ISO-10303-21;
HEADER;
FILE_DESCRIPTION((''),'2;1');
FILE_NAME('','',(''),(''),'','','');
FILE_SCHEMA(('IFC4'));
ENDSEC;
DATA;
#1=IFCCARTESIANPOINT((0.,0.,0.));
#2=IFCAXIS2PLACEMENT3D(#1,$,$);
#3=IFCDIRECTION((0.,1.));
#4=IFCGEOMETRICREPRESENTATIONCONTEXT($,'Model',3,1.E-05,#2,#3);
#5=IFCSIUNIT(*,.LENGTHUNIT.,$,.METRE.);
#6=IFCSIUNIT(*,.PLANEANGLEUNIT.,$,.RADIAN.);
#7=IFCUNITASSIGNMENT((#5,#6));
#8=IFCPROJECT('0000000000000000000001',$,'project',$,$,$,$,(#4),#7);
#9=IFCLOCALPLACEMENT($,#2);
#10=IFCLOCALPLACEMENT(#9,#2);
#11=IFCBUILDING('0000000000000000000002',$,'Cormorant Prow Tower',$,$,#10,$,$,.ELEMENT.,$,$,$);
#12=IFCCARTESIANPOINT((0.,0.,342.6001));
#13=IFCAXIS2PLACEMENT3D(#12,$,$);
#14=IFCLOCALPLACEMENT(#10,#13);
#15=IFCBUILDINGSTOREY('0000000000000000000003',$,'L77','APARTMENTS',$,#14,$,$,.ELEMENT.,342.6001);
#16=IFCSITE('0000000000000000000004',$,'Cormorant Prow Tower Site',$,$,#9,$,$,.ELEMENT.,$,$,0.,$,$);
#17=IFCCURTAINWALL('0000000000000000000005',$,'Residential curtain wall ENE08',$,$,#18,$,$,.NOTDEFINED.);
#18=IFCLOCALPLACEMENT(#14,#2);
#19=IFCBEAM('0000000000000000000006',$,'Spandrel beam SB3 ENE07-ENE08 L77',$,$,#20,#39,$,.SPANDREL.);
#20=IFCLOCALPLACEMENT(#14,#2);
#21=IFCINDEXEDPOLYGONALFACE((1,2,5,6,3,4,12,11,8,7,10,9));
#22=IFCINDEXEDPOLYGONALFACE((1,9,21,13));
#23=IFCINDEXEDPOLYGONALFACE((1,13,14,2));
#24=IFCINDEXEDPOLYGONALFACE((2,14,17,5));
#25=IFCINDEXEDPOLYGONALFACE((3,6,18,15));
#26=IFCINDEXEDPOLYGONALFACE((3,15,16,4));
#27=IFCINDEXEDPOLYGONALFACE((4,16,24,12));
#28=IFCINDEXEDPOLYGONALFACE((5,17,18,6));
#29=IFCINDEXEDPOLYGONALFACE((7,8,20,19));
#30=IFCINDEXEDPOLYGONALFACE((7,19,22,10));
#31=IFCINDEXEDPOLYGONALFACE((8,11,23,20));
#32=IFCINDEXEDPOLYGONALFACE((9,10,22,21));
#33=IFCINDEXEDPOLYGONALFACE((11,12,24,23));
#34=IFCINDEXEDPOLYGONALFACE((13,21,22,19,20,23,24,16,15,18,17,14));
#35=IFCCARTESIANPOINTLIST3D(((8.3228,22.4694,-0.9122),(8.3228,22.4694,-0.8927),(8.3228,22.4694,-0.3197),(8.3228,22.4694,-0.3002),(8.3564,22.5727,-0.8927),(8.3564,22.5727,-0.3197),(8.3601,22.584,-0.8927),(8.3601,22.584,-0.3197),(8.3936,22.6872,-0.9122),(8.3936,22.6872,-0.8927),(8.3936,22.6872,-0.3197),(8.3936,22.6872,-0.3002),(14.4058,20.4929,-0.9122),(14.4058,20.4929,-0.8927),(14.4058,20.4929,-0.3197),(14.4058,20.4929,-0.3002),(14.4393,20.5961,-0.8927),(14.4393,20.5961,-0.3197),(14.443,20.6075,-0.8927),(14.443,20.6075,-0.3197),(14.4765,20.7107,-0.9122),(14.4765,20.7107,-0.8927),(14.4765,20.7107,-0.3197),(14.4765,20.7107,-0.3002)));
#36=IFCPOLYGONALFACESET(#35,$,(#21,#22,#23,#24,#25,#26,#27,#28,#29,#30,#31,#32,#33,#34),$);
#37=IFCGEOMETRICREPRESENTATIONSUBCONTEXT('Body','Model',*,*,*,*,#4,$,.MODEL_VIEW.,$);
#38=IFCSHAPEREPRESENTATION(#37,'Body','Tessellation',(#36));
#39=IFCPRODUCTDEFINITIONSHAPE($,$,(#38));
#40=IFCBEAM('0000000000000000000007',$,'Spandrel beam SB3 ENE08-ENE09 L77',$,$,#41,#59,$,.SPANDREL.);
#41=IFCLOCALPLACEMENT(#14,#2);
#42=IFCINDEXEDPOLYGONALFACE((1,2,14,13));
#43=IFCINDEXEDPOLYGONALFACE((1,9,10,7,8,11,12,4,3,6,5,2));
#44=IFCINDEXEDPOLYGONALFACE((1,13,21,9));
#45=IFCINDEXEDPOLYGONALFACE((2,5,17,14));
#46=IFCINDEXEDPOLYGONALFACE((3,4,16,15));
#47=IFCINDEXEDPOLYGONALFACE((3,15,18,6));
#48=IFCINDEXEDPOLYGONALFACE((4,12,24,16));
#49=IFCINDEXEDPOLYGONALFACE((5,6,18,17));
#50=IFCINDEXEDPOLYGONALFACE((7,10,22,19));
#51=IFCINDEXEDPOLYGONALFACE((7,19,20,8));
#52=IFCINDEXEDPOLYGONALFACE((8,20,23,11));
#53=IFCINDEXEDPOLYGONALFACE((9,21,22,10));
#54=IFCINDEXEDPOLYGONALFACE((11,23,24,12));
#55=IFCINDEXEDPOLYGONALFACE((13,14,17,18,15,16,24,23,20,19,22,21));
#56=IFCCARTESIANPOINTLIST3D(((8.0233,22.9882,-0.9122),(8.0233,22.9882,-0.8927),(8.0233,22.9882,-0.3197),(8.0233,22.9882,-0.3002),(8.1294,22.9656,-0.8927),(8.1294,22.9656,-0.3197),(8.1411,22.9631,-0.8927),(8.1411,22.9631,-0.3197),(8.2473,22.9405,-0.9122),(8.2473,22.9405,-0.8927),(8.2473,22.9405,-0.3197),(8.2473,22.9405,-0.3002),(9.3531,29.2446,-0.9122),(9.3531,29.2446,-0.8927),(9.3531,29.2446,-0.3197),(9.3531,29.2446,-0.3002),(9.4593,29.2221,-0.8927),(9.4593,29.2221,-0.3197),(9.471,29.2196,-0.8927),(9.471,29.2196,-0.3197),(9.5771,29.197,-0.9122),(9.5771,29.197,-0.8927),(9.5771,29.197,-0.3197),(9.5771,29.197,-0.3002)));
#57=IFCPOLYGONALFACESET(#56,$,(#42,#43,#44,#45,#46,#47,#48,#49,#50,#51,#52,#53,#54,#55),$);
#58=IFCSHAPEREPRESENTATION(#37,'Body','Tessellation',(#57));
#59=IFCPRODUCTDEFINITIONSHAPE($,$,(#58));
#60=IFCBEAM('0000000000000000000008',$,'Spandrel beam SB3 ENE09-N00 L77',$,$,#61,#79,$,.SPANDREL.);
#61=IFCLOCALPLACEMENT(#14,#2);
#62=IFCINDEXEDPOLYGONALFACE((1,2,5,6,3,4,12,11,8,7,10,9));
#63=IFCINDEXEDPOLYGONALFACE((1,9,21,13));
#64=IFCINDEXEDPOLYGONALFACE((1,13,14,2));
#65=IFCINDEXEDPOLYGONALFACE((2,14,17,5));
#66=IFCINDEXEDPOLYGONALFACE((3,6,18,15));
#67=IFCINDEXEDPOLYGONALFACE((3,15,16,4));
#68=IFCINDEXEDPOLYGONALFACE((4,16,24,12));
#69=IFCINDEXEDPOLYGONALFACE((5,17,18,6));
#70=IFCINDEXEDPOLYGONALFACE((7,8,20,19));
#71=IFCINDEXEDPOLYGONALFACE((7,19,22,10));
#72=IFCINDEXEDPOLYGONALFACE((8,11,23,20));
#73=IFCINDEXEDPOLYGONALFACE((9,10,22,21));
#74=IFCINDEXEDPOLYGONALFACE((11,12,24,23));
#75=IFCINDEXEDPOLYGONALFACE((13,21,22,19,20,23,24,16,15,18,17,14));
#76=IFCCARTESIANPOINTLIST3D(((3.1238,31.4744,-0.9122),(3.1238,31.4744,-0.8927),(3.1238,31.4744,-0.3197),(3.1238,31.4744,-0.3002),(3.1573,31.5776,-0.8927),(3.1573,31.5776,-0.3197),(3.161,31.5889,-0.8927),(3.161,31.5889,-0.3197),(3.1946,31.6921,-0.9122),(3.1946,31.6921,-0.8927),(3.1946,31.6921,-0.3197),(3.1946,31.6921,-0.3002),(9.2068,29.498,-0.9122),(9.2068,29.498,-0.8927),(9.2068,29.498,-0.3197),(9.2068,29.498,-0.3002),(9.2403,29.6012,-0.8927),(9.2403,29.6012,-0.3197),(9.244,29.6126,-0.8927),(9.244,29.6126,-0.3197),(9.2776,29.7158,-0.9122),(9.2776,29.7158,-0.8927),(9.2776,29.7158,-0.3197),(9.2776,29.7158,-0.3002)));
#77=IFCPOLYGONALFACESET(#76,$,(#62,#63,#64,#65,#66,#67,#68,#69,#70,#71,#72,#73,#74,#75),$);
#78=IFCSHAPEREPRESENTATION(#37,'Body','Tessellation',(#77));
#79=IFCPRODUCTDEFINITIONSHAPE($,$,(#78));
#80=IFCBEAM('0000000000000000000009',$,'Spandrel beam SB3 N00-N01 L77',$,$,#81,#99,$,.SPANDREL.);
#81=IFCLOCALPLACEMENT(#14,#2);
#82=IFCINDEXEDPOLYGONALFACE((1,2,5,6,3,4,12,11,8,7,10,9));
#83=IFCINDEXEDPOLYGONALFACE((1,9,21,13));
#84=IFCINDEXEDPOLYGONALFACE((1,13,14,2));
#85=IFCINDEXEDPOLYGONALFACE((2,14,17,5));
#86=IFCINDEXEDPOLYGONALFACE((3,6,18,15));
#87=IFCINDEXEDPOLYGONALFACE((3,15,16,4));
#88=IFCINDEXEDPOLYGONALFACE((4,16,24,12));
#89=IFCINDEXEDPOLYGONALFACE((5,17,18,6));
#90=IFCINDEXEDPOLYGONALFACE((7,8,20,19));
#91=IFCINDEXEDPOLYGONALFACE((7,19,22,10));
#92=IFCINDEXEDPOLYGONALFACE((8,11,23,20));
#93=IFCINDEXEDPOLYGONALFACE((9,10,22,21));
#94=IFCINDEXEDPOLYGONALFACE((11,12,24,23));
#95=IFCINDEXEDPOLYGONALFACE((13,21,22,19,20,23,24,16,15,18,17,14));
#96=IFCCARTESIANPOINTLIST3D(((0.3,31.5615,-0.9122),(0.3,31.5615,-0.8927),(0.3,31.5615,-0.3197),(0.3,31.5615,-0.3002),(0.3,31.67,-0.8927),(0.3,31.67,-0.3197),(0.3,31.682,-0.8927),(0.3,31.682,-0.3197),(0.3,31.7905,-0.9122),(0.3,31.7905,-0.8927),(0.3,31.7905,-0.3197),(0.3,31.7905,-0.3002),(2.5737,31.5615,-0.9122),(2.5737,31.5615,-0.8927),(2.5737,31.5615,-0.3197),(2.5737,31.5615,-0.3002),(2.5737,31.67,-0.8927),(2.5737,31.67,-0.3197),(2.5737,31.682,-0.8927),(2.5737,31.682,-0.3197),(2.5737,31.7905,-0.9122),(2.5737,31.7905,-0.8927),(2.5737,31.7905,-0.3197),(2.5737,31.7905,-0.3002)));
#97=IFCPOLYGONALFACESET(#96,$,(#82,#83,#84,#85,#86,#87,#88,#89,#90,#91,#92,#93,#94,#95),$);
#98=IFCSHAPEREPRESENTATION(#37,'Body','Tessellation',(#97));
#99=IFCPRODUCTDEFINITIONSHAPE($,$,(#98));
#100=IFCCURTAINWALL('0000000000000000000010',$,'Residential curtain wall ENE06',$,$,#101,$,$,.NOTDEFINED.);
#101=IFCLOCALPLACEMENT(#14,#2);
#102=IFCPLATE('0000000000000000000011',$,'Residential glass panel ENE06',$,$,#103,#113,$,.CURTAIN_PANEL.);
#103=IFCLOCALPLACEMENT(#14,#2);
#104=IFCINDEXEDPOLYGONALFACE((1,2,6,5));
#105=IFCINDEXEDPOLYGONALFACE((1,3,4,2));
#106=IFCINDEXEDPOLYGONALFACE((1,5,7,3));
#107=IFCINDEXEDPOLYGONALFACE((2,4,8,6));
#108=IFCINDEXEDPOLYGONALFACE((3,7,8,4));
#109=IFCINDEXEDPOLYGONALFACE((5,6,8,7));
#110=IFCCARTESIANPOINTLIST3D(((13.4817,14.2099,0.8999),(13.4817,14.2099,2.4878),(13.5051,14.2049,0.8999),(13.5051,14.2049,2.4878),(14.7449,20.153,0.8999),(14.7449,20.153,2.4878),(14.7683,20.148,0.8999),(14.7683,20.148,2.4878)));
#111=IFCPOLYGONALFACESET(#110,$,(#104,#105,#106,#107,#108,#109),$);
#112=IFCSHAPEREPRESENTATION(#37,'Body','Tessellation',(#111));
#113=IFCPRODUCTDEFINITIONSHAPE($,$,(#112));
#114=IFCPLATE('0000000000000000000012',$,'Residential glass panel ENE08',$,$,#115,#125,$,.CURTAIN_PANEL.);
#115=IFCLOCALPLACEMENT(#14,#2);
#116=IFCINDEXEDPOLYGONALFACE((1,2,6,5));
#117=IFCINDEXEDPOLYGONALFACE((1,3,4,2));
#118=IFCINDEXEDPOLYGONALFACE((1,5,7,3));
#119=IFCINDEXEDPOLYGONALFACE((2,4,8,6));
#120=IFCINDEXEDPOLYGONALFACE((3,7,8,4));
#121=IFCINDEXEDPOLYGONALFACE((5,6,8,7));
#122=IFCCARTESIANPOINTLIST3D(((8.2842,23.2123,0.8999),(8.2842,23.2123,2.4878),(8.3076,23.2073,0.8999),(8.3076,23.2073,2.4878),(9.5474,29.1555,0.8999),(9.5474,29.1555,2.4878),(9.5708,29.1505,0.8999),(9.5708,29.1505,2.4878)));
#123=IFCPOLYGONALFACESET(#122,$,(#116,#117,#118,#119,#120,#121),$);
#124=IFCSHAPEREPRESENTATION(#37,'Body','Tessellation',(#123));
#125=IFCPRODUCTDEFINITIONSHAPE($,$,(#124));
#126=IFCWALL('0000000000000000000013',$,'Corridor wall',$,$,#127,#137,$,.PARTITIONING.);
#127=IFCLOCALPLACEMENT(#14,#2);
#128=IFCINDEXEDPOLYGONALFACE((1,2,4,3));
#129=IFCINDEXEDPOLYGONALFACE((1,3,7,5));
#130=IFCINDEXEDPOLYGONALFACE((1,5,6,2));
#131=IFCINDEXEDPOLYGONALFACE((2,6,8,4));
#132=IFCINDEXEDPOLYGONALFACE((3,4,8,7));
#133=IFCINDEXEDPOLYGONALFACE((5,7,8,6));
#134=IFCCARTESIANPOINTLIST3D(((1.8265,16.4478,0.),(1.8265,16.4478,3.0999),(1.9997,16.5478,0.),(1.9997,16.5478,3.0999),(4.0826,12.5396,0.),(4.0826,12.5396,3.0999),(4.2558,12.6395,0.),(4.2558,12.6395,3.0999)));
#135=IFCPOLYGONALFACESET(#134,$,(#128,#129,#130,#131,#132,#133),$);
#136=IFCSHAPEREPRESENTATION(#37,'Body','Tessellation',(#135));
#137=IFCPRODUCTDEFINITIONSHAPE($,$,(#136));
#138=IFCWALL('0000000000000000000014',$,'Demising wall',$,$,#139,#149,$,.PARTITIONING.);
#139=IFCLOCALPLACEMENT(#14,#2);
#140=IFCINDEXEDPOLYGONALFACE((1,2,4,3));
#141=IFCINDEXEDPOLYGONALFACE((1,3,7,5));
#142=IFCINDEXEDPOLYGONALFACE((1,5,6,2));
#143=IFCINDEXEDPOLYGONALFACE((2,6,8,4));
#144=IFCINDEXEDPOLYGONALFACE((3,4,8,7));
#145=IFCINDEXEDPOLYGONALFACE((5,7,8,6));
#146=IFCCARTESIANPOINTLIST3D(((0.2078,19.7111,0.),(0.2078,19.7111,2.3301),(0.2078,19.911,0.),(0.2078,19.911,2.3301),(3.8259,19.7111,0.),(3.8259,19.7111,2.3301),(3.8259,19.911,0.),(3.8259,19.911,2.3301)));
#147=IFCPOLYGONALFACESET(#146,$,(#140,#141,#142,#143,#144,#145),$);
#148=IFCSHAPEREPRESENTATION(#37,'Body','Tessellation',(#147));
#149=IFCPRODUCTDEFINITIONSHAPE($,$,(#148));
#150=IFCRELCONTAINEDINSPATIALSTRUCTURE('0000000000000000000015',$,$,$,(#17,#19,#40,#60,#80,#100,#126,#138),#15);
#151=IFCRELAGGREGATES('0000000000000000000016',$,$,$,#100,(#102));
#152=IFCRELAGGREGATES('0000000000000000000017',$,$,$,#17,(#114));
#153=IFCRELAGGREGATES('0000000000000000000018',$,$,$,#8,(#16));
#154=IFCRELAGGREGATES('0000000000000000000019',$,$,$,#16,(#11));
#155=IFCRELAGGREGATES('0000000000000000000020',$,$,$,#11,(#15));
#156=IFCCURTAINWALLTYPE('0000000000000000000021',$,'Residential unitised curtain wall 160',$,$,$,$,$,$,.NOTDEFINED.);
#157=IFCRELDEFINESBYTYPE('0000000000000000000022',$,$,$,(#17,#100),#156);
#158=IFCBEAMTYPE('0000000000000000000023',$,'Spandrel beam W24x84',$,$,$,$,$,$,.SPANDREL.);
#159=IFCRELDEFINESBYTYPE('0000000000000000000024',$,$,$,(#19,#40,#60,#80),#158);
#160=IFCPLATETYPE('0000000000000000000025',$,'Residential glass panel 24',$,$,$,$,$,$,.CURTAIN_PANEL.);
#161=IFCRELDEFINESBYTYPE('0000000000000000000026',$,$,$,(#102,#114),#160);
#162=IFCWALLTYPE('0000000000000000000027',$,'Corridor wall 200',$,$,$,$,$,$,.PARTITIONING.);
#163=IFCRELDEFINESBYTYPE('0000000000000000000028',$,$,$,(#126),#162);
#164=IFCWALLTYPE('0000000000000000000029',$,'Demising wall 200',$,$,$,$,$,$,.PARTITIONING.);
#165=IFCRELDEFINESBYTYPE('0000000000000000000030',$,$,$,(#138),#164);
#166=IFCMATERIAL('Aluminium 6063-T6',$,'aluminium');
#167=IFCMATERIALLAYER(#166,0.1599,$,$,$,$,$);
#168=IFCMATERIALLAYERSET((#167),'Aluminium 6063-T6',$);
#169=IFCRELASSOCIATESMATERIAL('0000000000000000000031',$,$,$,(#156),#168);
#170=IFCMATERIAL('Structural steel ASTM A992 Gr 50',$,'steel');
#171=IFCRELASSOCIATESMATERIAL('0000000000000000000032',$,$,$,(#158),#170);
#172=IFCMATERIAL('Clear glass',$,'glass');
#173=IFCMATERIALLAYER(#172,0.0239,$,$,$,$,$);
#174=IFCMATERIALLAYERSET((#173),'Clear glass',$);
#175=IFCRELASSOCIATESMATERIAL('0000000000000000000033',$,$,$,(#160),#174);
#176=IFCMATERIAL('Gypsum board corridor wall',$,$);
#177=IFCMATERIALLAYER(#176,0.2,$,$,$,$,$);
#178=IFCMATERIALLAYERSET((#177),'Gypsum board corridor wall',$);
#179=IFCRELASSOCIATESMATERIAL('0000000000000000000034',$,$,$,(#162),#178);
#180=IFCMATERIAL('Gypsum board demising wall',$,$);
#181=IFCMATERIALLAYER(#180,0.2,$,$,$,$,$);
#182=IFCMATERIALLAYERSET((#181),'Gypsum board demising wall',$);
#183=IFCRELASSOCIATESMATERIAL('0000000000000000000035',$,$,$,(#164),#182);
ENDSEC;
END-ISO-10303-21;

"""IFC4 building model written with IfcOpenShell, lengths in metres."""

from ifc_helpers import new_model, si_unit, direction, frame, frame_2d, origin, origin_2d, place, context, subcontext, project, spatial, rectangle, i_section, extrude, material, layer, layer_set, material_profile, profile_set, type_object, element, aggregate, save


model = new_model("IFC4")

# Units and contexts
model_context = context("Model", 3, precision=1e-05, world=origin(), true_north=direction((0.0, 1.0)))
body_context = subcontext(model_context, "Body", "Model", "MODEL_VIEW")
ifc_project = project(units=[si_unit("LENGTHUNIT", "METRE"), si_unit("PLANEANGLEUNIT", "RADIAN")], contexts=[model_context])

# Site, building, storey
site_placement = place(None, origin())
site = spatial("IfcSite", under=ifc_project, at=site_placement, Name="Cormorant Prow Tower Site", CompositionType="ELEMENT", RefElevation=0.0)
building_placement = place(site_placement, origin())
building = spatial("IfcBuilding", under=site, at=building_placement, Name="Cormorant Prow Tower", CompositionType="ELEMENT")
storey_placement = place(building_placement, frame((0.0, 0.0, 342.6001)))
storey = spatial("IfcBuildingStorey", under=building, at=storey_placement, Name="L77", Description="APARTMENTS", CompositionType="ELEMENT", Elevation=342.6001)

# Curtain wall
ifc_material_1 = material(Name="Aluminium 6063-T6", Category="aluminium")
ifc_layer_1 = layer(ifc_material_1, 0.1599)
ifc_layer_set_1 = layer_set([ifc_layer_1], Name="Aluminium 6063-T6")
curtain_wall_type = type_object("IfcCurtainWallType", Name="Residential unitised curtain wall 160", PredefinedType="NOTDEFINED", material=ifc_layer_set_1)
curtain_wall_1_placement = place(storey_placement, origin())
curtain_wall_1 = element("IfcCurtainWall", 1, at=curtain_wall_1_placement, inside=storey, type_object=curtain_wall_type, Name="Residential curtain wall ENE08", PredefinedType="NOTDEFINED")

# Beams
ifc_material_2 = material(Name="Structural steel ASTM A992 Gr 50", Category="steel")
ifc_material_profile_1 = material_profile(ifc_material_2, i_section(OverallWidth=0.229, OverallDepth=0.6121, WebThickness=0.012, FlangeThickness=0.0195, at=origin_2d()), Name="W24x84")
ifc_profile_set_1 = profile_set([ifc_material_profile_1], Name="Structural steel ASTM A992 Gr 50")
beam_type_1 = type_object("IfcBeamType", Name="Spandrel beam W24x84", PredefinedType="SPANDREL", material=ifc_profile_set_1)
beam_1_placement = place(storey_placement, frame((14.4412, 20.6018, -0.6062), z_axis=(-0.951053, 0.309027, 0.0), x_axis=(-0.309027, -0.951053, 0.0)))
element("IfcBeam", 2, at=beam_1_placement, inside=storey, type_object=beam_type_1, Name="Spandrel beam SB3 ENE07-ENE08 L77", PredefinedType="SPANDREL", context=body_context, shape_type="SweptSolid", body=[
    extrude(i_section(OverallWidth=0.229, OverallDepth=0.6121, WebThickness=0.012, FlangeThickness=0.0195, at=origin_2d()), origin(), (0.0, 0.0, 1.0), 6.396),
])
beam_2_placement = place(storey_placement, frame((8.1353, 22.9644, -0.6062), z_axis=(0.207913, 0.978147, 0.0), x_axis=(-0.978147, 0.207913, 0.0)))
element("IfcBeam", 3, at=beam_2_placement, inside=storey, type_object=beam_type_1, Name="Spandrel beam SB3 ENE08-ENE09 L77", PredefinedType="SPANDREL", context=body_context, shape_type="SweptSolid", body=[
    extrude(i_section(OverallWidth=0.229, OverallDepth=0.6121, WebThickness=0.012, FlangeThickness=0.0195, at=origin_2d()), origin(), (0.0, 0.0, 1.0), 6.3962),
])
beam_3_placement = place(storey_placement, frame((9.2422, 29.6069, -0.6062), z_axis=(-0.951064, 0.308993, 0.0), x_axis=(-0.308993, -0.951064, 0.0)))
element("IfcBeam", 4, at=beam_3_placement, inside=storey, type_object=beam_type_1, Name="Spandrel beam SB3 ENE09-N00 L77", PredefinedType="SPANDREL", context=body_context, shape_type="SweptSolid", body=[
    extrude(i_section(OverallWidth=0.229, OverallDepth=0.6121, WebThickness=0.012, FlangeThickness=0.0195, at=origin_2d()), origin(), (0.0, 0.0, 1.0), 6.396),
])
beam_4_placement = place(storey_placement, frame((2.5737, 31.676, -0.6062), z_axis=(-1.0, 0.0, 0.0), x_axis=(0.0, -1.0, 0.0)))
element("IfcBeam", 5, at=beam_4_placement, inside=storey, type_object=beam_type_1, Name="Spandrel beam SB3 N00-N01 L77", PredefinedType="SPANDREL", context=body_context, shape_type="SweptSolid", body=[
    extrude(i_section(OverallWidth=0.229, OverallDepth=0.6121, WebThickness=0.012, FlangeThickness=0.0195, at=origin_2d()), origin(), (0.0, 0.0, 1.0), 2.2737),
])

# Curtain wall, plate
curtain_wall_2_placement = place(storey_placement, origin())
curtain_wall_2 = element("IfcCurtainWall", 6, at=curtain_wall_2_placement, inside=storey, type_object=curtain_wall_type, Name="Residential curtain wall ENE06", PredefinedType="NOTDEFINED")
ifc_material_3 = material(Name="Clear glass", Category="glass")
ifc_layer_2 = layer(ifc_material_3, 0.0239)
ifc_layer_set_2 = layer_set([ifc_layer_2], Name="Clear glass")
plate_type = type_object("IfcPlateType", Name="Residential glass panel 24", PredefinedType="CURTAIN_PANEL", material=ifc_layer_set_2)
plate_1_placement = place(storey_placement, frame((14.125, 17.179, 0.8999), z_axis=(0.0, 0.0, 1.0), x_axis=(0.207912, 0.978148, 0.0)))
plate_1 = element("IfcPlate", 7, at=plate_1_placement, type_object=plate_type, Name="Residential glass panel ENE06", PredefinedType="CURTAIN_PANEL", context=body_context, shape_type="SweptSolid", body=[
    extrude(rectangle(XDim=6.0759, YDim=0.0239, at=origin_2d()), origin(), (0.0, 0.0, 1.0), 1.5879),
])
aggregate(curtain_wall_2, [plate_1])

# Plate
plate_2_placement = place(storey_placement, frame((8.9275, 26.1814, 0.8999), z_axis=(0.0, 0.0, 1.0), x_axis=(0.207912, 0.978148, 0.0)))
plate_2 = element("IfcPlate", 8, at=plate_2_placement, type_object=plate_type, Name="Residential glass panel ENE08", PredefinedType="CURTAIN_PANEL", context=body_context, shape_type="SweptSolid", body=[
    extrude(rectangle(XDim=6.0759, YDim=0.0239, at=origin_2d()), origin(), (0.0, 0.0, 1.0), 1.5879),
])
aggregate(curtain_wall_1, [plate_2])

# Walls
ifc_material_4 = material(Name="Gypsum board corridor wall")
ifc_layer_3 = layer(ifc_material_4, 0.2)
ifc_layer_set_3 = layer_set([ifc_layer_3], Name="Gypsum board corridor wall")
wall_type_1 = type_object("IfcWallType", Name="Corridor wall 200", PredefinedType="PARTITIONING", material=ifc_layer_set_3)
wall_1_placement = place(storey_placement, frame((1.9131, 16.4978, 0.0), z_axis=(0.0, 0.0, 1.0), x_axis=(0.49995, -0.866054, 0.0)))
element("IfcWall", 9, at=wall_1_placement, inside=storey, type_object=wall_type_1, Name="Corridor wall", PredefinedType="PARTITIONING", context=body_context, shape_type="SweptSolid", body=[
    extrude(rectangle(XDim=4.5127, YDim=0.2, at=frame_2d((2.2563, 0.0))), origin(), (0.0, 0.0, 1.0), 3.0999),
])
ifc_material_5 = material(Name="Gypsum board demising wall")
ifc_layer_4 = layer(ifc_material_5, 0.2)
ifc_layer_set_4 = layer_set([ifc_layer_4], Name="Gypsum board demising wall")
wall_type_2 = type_object("IfcWallType", Name="Demising wall 200", PredefinedType="PARTITIONING", material=ifc_layer_set_4)
wall_2_placement = place(storey_placement, frame((0.2078, 19.811, 0.0), z_axis=(0.0, 0.0, 1.0), x_axis=(1.0, 0.0, 0.0)))
element("IfcWall", 10, at=wall_2_placement, inside=storey, type_object=wall_type_2, Name="Demising wall", PredefinedType="PARTITIONING", context=body_context, shape_type="SweptSolid", body=[
    extrude(rectangle(XDim=3.6182, YDim=0.2, at=frame_2d((1.8091, 0.0))), origin(), (0.0, 0.0, 1.0), 2.3301),
])

save(model, "model.ifc")
